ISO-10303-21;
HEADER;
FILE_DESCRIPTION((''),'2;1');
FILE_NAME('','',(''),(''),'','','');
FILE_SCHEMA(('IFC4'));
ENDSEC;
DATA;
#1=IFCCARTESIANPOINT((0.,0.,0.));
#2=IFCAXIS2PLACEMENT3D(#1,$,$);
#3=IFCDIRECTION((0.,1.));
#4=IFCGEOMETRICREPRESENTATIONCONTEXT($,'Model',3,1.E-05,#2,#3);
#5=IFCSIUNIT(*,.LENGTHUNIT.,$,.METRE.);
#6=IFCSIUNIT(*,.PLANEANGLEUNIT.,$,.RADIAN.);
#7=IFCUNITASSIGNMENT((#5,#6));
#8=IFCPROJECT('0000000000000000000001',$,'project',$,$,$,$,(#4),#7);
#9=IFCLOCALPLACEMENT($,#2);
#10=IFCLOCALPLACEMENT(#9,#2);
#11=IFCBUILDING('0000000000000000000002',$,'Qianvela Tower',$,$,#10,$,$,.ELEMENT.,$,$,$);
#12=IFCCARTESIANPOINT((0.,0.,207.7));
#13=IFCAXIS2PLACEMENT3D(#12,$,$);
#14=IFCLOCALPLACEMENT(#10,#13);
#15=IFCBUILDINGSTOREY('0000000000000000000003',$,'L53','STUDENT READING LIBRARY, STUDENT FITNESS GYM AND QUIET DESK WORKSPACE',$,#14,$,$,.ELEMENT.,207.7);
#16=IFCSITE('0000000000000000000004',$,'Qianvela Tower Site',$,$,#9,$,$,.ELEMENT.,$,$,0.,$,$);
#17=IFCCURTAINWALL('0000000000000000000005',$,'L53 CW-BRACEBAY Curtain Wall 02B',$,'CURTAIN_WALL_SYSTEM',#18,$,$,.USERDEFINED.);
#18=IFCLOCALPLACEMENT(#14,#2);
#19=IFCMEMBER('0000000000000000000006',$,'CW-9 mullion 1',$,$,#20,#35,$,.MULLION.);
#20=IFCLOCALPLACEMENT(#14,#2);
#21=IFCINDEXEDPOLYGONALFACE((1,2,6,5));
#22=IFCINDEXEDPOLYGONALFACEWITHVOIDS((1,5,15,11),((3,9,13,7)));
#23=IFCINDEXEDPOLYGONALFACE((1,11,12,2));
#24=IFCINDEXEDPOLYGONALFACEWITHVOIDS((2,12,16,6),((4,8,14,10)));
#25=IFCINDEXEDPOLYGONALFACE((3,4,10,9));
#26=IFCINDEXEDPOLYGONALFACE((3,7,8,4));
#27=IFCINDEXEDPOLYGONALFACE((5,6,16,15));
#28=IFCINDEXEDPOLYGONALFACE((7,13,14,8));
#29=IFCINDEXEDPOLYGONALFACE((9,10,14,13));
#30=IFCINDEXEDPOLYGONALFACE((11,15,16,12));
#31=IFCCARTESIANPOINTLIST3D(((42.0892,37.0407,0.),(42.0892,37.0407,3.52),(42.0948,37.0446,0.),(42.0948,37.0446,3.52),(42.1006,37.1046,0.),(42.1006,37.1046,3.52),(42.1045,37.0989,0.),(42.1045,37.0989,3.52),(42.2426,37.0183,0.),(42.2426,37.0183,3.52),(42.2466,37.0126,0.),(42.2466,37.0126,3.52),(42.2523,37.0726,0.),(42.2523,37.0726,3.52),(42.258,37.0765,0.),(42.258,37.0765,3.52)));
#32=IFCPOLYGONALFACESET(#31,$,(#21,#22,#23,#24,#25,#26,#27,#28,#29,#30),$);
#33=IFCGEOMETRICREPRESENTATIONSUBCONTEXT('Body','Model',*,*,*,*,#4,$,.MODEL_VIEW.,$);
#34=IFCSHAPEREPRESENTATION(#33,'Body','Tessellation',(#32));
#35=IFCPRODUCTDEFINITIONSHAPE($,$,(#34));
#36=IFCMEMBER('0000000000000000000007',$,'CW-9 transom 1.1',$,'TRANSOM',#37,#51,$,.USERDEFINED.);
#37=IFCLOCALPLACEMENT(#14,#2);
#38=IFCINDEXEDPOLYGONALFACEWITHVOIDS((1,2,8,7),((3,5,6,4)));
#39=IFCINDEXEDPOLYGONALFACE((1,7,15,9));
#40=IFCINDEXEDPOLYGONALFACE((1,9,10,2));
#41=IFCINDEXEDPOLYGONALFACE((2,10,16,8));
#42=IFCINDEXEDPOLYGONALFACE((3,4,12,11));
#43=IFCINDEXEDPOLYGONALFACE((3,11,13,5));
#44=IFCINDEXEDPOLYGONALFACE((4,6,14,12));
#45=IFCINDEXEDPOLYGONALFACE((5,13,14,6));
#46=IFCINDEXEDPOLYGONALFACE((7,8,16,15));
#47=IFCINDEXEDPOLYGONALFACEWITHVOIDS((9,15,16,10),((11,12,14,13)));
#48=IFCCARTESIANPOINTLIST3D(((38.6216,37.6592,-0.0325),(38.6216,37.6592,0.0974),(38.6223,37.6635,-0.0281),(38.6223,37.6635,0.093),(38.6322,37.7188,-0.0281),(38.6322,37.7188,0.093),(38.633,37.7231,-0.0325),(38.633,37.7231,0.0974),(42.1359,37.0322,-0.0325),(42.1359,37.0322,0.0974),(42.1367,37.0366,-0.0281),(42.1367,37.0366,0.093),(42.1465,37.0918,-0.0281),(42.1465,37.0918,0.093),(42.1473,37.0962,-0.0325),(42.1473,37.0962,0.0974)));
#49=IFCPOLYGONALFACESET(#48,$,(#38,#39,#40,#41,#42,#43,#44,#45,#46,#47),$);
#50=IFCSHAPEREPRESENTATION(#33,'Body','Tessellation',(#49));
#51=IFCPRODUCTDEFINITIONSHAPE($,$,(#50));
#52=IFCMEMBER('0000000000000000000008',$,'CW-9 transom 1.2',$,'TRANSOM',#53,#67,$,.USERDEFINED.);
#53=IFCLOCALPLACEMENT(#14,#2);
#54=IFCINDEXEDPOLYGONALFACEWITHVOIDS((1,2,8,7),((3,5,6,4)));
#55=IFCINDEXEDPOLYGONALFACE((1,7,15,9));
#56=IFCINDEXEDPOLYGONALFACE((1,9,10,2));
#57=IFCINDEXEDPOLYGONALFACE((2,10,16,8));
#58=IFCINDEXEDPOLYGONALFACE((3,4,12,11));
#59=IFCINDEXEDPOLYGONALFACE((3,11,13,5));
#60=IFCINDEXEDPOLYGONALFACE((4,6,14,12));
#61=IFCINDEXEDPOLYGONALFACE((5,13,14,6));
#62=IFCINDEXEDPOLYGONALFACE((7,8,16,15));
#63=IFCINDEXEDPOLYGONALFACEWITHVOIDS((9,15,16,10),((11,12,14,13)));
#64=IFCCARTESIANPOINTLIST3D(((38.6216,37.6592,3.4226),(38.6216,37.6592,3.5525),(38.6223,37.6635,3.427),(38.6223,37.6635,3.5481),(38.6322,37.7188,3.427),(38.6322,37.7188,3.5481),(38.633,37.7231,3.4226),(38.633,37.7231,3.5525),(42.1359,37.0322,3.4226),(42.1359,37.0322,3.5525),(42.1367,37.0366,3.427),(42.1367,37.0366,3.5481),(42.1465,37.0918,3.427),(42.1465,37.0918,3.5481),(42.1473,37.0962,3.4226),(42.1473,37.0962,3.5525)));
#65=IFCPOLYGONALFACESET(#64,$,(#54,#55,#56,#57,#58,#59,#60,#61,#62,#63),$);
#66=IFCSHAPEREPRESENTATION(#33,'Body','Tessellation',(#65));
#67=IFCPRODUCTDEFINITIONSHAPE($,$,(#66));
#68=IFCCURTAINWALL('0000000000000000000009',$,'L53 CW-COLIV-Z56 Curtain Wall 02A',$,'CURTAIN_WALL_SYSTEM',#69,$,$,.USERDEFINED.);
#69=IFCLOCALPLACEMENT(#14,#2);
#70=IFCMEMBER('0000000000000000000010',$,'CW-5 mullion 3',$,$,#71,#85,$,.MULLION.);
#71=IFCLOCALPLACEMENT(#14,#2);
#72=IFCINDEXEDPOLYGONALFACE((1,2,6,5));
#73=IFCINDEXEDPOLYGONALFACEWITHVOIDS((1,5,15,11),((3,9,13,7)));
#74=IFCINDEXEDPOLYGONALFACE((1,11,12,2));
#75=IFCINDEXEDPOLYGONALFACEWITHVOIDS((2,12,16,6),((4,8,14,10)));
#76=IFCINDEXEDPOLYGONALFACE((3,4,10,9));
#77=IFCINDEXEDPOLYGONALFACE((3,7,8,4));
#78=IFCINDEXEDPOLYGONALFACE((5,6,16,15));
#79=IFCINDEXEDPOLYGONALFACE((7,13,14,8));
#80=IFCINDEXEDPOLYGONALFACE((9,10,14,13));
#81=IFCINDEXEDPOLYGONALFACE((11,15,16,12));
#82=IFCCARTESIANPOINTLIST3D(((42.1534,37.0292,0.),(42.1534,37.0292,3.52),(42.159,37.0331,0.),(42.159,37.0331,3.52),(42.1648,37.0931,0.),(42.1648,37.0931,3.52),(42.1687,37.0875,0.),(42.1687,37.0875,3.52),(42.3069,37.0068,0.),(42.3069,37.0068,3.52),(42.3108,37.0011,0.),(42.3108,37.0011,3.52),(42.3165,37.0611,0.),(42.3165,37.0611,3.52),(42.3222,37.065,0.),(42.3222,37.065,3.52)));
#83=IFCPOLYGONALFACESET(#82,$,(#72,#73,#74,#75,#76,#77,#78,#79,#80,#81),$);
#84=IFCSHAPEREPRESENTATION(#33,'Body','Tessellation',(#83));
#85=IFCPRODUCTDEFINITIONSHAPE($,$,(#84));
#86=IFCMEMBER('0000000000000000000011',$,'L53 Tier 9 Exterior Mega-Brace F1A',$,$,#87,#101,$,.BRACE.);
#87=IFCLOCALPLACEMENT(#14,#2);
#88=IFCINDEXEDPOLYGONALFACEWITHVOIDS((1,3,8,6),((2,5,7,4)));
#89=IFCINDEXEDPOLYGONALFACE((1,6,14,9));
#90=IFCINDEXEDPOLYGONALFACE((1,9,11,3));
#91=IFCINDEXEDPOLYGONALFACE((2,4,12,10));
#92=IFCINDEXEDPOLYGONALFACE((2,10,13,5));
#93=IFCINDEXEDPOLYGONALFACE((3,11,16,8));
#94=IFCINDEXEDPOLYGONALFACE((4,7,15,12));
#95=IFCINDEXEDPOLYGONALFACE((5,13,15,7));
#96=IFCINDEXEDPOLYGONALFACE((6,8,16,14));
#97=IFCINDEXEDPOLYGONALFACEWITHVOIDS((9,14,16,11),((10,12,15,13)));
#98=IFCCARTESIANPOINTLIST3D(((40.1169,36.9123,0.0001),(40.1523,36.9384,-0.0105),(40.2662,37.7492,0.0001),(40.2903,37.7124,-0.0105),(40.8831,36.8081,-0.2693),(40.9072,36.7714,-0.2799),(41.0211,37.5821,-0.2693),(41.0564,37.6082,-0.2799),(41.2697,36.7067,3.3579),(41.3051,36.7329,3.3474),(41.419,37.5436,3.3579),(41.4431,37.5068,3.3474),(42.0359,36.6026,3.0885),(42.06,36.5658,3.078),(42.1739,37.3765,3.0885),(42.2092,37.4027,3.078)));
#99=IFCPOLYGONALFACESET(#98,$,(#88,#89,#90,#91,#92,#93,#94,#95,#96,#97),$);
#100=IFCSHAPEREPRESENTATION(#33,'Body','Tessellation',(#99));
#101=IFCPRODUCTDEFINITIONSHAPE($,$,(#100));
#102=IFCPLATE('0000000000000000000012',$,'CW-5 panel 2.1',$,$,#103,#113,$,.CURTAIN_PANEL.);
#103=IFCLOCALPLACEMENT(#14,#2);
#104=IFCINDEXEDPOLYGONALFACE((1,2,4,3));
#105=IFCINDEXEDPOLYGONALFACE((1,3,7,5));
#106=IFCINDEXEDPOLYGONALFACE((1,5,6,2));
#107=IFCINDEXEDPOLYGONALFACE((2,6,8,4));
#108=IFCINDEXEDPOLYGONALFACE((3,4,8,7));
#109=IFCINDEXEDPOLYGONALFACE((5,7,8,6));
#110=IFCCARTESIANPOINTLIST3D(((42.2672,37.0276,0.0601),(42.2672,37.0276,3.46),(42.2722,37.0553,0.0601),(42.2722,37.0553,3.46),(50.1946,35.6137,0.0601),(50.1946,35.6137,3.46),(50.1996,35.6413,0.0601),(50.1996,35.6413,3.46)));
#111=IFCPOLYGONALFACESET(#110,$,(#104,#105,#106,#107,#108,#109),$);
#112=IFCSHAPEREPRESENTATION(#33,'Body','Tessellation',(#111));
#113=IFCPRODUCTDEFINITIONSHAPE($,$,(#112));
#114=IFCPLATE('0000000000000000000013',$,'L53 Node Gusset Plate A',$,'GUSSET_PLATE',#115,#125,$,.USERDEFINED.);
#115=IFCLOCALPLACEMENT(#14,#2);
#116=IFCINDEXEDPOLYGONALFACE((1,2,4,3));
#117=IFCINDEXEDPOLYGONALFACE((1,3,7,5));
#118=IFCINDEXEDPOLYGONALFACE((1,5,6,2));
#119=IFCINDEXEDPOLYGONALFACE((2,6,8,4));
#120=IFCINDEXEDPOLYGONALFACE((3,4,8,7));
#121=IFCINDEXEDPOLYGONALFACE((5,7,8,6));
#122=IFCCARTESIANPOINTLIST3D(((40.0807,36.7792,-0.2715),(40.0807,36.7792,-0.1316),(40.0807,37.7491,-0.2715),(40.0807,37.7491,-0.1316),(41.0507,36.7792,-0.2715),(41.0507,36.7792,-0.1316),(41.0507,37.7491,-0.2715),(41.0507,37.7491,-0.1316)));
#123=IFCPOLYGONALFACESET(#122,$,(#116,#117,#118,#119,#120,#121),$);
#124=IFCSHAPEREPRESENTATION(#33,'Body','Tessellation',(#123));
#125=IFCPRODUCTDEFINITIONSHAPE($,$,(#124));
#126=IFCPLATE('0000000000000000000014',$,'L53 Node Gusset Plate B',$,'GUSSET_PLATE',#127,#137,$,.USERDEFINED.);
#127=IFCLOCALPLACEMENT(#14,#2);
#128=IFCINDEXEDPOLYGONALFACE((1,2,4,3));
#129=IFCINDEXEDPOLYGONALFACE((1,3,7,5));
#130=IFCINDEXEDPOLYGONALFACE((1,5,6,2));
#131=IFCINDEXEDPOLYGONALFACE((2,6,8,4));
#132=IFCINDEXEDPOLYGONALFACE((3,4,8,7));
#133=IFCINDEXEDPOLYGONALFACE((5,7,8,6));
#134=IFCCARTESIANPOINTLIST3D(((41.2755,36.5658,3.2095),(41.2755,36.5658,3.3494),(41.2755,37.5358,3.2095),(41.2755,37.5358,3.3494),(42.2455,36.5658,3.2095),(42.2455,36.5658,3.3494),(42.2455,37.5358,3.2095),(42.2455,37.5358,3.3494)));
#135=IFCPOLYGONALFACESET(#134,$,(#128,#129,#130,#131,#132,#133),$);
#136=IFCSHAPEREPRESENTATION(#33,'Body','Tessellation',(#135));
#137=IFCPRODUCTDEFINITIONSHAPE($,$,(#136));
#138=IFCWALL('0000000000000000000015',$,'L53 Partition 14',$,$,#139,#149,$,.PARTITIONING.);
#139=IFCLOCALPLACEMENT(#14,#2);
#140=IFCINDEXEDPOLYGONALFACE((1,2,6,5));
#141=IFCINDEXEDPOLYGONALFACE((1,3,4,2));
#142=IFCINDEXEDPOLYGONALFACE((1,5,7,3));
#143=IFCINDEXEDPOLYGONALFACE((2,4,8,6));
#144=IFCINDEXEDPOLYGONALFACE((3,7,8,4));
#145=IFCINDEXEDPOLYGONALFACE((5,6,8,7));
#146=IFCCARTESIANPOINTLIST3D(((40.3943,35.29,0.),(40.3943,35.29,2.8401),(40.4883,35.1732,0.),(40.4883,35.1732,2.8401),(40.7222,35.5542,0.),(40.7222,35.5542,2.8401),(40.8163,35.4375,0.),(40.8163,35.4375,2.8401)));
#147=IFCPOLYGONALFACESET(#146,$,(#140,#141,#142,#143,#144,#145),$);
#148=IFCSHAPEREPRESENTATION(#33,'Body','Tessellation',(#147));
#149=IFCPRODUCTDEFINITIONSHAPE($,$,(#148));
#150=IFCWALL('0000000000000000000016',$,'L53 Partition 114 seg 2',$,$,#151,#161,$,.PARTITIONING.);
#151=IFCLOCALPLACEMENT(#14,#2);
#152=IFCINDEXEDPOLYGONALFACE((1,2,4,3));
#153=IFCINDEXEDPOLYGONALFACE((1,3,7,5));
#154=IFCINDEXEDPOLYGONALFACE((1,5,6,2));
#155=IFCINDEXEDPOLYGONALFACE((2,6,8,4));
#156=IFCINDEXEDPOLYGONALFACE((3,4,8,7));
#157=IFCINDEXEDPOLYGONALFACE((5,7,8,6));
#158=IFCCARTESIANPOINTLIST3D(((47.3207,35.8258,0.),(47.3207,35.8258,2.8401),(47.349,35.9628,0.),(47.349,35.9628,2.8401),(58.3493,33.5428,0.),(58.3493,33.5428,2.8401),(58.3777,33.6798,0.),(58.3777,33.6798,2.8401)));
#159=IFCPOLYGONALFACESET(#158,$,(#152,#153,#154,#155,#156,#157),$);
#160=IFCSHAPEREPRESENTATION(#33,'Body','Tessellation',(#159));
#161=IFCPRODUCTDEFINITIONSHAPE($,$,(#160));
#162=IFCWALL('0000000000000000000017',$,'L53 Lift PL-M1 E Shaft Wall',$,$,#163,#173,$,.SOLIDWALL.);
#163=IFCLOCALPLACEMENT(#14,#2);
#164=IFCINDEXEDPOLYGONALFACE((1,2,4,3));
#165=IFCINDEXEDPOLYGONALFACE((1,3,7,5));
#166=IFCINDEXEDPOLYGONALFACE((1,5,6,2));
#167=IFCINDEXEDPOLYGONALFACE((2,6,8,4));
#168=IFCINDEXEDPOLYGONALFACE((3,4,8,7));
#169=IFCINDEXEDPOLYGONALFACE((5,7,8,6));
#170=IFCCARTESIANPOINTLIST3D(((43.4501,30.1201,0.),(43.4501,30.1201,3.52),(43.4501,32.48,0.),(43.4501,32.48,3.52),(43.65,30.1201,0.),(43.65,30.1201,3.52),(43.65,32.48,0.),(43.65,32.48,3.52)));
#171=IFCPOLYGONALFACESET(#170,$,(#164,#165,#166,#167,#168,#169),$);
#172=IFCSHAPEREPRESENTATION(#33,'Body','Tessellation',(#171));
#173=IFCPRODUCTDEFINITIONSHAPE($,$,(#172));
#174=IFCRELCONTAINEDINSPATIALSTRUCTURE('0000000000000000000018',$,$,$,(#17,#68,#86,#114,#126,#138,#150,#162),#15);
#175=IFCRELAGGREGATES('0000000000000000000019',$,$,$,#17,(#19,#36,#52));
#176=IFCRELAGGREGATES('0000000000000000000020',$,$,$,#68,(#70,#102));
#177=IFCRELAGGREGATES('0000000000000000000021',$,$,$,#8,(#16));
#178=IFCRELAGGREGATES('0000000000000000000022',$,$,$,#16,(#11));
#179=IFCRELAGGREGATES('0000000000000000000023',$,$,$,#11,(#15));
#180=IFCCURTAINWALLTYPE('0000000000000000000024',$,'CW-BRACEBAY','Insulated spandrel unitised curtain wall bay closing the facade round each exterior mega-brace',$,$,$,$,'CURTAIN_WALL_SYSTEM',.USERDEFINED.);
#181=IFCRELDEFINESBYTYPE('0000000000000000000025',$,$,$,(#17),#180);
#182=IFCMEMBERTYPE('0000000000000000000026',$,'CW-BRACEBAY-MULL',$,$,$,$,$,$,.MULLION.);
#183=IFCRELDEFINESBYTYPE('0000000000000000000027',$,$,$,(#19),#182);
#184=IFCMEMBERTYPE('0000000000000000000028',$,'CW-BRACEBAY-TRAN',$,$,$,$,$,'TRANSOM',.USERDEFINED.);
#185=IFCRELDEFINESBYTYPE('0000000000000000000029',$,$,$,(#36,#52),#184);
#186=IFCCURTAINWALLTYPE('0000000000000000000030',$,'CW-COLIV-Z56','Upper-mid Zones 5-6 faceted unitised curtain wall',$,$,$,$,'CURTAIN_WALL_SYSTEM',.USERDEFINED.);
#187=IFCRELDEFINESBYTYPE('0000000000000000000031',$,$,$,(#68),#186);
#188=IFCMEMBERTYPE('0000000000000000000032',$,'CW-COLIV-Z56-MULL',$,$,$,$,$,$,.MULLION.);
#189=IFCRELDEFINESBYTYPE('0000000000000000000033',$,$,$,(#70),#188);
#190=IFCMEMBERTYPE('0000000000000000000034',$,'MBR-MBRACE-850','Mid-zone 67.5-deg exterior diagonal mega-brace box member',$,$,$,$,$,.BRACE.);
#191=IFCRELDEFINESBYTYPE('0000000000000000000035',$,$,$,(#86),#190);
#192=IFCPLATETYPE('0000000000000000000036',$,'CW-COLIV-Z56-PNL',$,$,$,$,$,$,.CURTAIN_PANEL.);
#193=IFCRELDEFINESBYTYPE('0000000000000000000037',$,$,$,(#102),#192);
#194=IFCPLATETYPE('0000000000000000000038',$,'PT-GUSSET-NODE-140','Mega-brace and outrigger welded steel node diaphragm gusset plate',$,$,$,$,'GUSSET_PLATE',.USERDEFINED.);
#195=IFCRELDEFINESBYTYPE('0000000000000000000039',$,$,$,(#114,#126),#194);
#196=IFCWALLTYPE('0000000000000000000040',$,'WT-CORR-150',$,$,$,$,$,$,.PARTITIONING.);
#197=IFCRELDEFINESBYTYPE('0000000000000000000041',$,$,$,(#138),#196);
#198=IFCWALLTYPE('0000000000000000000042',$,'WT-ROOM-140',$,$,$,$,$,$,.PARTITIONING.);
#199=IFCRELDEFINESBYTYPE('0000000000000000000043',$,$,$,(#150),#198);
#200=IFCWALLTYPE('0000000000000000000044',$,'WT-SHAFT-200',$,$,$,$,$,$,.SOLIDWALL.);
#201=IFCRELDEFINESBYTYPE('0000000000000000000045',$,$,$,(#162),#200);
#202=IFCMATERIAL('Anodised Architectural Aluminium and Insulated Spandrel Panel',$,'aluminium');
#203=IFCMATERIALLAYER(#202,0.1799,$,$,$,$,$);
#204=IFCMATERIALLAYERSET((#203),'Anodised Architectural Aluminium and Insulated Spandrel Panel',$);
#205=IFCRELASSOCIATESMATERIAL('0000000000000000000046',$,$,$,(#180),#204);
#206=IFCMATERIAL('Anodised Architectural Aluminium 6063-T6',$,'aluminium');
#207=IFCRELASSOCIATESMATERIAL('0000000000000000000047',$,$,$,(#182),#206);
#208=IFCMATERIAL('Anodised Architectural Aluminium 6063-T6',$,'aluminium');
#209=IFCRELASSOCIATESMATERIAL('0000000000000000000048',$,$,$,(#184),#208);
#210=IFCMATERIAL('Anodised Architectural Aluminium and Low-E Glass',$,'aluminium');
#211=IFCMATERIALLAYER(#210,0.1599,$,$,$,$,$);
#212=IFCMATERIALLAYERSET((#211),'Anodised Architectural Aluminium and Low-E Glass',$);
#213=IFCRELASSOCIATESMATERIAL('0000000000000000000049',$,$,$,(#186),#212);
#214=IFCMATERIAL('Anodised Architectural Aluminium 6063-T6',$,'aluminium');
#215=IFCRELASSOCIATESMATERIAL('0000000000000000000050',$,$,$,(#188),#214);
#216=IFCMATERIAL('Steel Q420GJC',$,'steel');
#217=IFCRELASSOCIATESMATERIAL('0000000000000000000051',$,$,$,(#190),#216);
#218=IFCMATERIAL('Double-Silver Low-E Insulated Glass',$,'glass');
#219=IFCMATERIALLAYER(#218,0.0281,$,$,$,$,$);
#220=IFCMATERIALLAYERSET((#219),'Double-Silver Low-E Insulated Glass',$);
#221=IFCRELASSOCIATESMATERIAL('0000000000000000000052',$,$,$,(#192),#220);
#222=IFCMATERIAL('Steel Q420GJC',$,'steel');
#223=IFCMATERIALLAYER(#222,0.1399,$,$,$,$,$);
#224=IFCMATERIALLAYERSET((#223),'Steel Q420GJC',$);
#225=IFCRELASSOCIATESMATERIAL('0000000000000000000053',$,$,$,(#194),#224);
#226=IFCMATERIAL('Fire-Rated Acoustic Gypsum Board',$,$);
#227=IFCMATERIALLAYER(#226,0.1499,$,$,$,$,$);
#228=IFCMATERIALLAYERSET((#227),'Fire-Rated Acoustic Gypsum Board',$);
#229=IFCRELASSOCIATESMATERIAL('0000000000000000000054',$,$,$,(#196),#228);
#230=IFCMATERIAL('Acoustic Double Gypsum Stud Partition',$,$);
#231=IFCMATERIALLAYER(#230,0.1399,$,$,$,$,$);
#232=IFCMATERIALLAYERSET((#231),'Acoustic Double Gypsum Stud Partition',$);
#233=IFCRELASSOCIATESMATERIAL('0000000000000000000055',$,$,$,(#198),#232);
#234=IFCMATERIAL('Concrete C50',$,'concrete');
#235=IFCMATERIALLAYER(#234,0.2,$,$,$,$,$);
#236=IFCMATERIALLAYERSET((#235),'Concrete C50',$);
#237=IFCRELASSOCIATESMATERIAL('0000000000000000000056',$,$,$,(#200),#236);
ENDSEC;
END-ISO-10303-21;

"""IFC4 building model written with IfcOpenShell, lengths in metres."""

from ifc_helpers import new_model, si_unit, direction, frame, frame_2d, origin, origin_2d, place, context, subcontext, project, spatial, rectangle, hollow_rectangle, extrude, material, layer, layer_set, material_profile, profile_set, type_object, element, aggregate, save


model = new_model("IFC4")

# Units and contexts
model_context = context("Model", 3, precision=1e-05, world=origin(), true_north=direction((0.0, 1.0)))
body_context = subcontext(model_context, "Body", "Model", "MODEL_VIEW")
ifc_project = project(units=[si_unit("LENGTHUNIT", "METRE"), si_unit("PLANEANGLEUNIT", "RADIAN")], contexts=[model_context])

# Site, building, storey
site_placement = place(None, origin())
site = spatial("IfcSite", under=ifc_project, at=site_placement, Name="Qianvela Tower Site", CompositionType="ELEMENT", RefElevation=0.0)
building_placement = place(site_placement, origin())
building = spatial("IfcBuilding", under=site, at=building_placement, Name="Qianvela Tower", CompositionType="ELEMENT")
storey_placement = place(building_placement, frame((0.0, 0.0, 207.7)))
storey = spatial("IfcBuildingStorey", under=building, at=storey_placement, Name="L53", Description="STUDENT READING LIBRARY, STUDENT FITNESS GYM AND QUIET DESK WORKSPACE", CompositionType="ELEMENT", Elevation=207.7)

# Curtain wall, members
ifc_material_1 = material(Name="Anodised Architectural Aluminium and Insulated Spandrel Panel", Category="aluminium")
ifc_layer_1 = layer(ifc_material_1, 0.1799)
ifc_layer_set_1 = layer_set([ifc_layer_1], Name="Anodised Architectural Aluminium and Insulated Spandrel Panel")
curtain_wall_type_1 = type_object("IfcCurtainWallType", Name="CW-BRACEBAY", Description="Insulated spandrel unitised curtain wall bay closing the facade round each exterior mega-brace", ElementType="CURTAIN_WALL_SYSTEM", PredefinedType="USERDEFINED", material=ifc_layer_set_1)
curtain_wall_1_placement = place(storey_placement, origin())
curtain_wall_1 = element("IfcCurtainWall", 1, at=curtain_wall_1_placement, inside=storey, type_object=curtain_wall_type_1, Name="L53 CW-BRACEBAY Curtain Wall 02B", ObjectType="CURTAIN_WALL_SYSTEM", PredefinedType="USERDEFINED")
ifc_material_2 = material(Name="Anodised Architectural Aluminium 6063-T6", Category="aluminium")
ifc_material_profile_1 = material_profile(ifc_material_2, hollow_rectangle(XDim=0.0649, YDim=0.1599, WallThickness=0.0049, at=origin_2d()), Name="ALU-MULL-65x160")
ifc_profile_set_1 = profile_set([ifc_material_profile_1], Name="Anodised Architectural Aluminium 6063-T6")
member_type_1 = type_object("IfcMemberType", Name="CW-BRACEBAY-MULL", PredefinedType="MULLION", material=ifc_profile_set_1)
member_1_placement = place(storey_placement, frame((42.1736, 37.0586, 0.0), z_axis=(0.0, 0.0, 1.0), x_axis=(-0.175595, -0.984462, 0.0)))
member_1 = element("IfcMember", 2, at=member_1_placement, type_object=member_type_1, Name="CW-9 mullion 1", PredefinedType="MULLION", context=body_context, shape_type="SweptSolid", body=[
    extrude(hollow_rectangle(XDim=0.0649, YDim=0.1599, WallThickness=0.0049, at=origin_2d()), origin(), (0.0, 0.0, 1.0), 3.52),
])
ifc_material_3 = material(Name="Anodised Architectural Aluminium 6063-T6", Category="aluminium")
ifc_material_profile_2 = material_profile(ifc_material_3, hollow_rectangle(XDim=0.0649, YDim=0.1299, WallThickness=0.0044, at=origin_2d()), Name="ALU-TRAN-65x130")
ifc_profile_set_2 = profile_set([ifc_material_profile_2], Name="Anodised Architectural Aluminium 6063-T6")
member_type_2 = type_object("IfcMemberType", Name="CW-BRACEBAY-TRAN", ElementType="TRANSOM", PredefinedType="USERDEFINED", material=ifc_profile_set_2)
member_2_placement = place(storey_placement, frame((42.1416, 37.0642, 0.0325), z_axis=(-0.984458, 0.175623, 0.0), x_axis=(-0.175623, -0.984458, 0.0)))
member_2 = element("IfcMember", 3, at=member_2_placement, type_object=member_type_2, Name="CW-9 transom 1.1", ObjectType="TRANSOM", PredefinedType="USERDEFINED", context=body_context, shape_type="SweptSolid", body=[
    extrude(hollow_rectangle(XDim=0.0649, YDim=0.1299, WallThickness=0.0044, at=origin_2d()), origin(), (0.0, 0.0, 1.0), 3.5698),
])
member_3_placement = place(storey_placement, frame((42.1416, 37.0642, 3.4875), z_axis=(-0.984458, 0.175623, 0.0), x_axis=(-0.175623, -0.984458, 0.0)))
member_3 = element("IfcMember", 4, at=member_3_placement, type_object=member_type_2, Name="CW-9 transom 1.2", ObjectType="TRANSOM", PredefinedType="USERDEFINED", context=body_context, shape_type="SweptSolid", body=[
    extrude(hollow_rectangle(XDim=0.0649, YDim=0.1299, WallThickness=0.0044, at=origin_2d()), origin(), (0.0, 0.0, 1.0), 3.5698),
])
aggregate(curtain_wall_1, [member_1, member_2, member_3])

# Curtain wall, member
ifc_material_4 = material(Name="Anodised Architectural Aluminium and Low-E Glass", Category="aluminium")
ifc_layer_2 = layer(ifc_material_4, 0.1599)
ifc_layer_set_2 = layer_set([ifc_layer_2], Name="Anodised Architectural Aluminium and Low-E Glass")
curtain_wall_type_2 = type_object("IfcCurtainWallType", Name="CW-COLIV-Z56", Description="Upper-mid Zones 5-6 faceted unitised curtain wall", ElementType="CURTAIN_WALL_SYSTEM", PredefinedType="USERDEFINED", material=ifc_layer_set_2)
curtain_wall_2_placement = place(storey_placement, origin())
curtain_wall_2 = element("IfcCurtainWall", 5, at=curtain_wall_2_placement, inside=storey, type_object=curtain_wall_type_2, Name="L53 CW-COLIV-Z56 Curtain Wall 02A", ObjectType="CURTAIN_WALL_SYSTEM", PredefinedType="USERDEFINED")
ifc_material_5 = material(Name="Anodised Architectural Aluminium 6063-T6", Category="aluminium")
ifc_material_profile_3 = material_profile(ifc_material_5, hollow_rectangle(XDim=0.0649, YDim=0.1599, WallThickness=0.0049, at=origin_2d()), Name="ALU-MULL-65x160")
ifc_profile_set_3 = profile_set([ifc_material_profile_3], Name="Anodised Architectural Aluminium 6063-T6")
member_type_3 = type_object("IfcMemberType", Name="CW-COLIV-Z56-MULL", PredefinedType="MULLION", material=ifc_profile_set_3)
member_4_placement = place(storey_placement, frame((42.2378, 37.0471, 0.0), z_axis=(0.0, 0.0, 1.0), x_axis=(-0.175588, -0.984464, 0.0)))
member_4 = element("IfcMember", 6, at=member_4_placement, type_object=member_type_3, Name="CW-5 mullion 3", PredefinedType="MULLION", context=body_context, shape_type="SweptSolid", body=[
    extrude(hollow_rectangle(XDim=0.0649, YDim=0.1599, WallThickness=0.0049, at=origin_2d()), origin(), (0.0, 0.0, 1.0), 3.52),
])

# Member
ifc_material_6 = material(Name="Steel Q420GJC", Category="steel")
ifc_material_profile_4 = material_profile(ifc_material_6, hollow_rectangle(XDim=0.8501, YDim=0.8501, WallThickness=0.032, at=origin_2d()), Name="MBOX-850x850x32")
ifc_profile_set_4 = profile_set([ifc_material_profile_4], Name="Steel Q420GJC")
member_type_4 = type_object("IfcMemberType", Name="MBR-MBRACE-850", Description="Mid-zone 67.5-deg exterior diagonal mega-brace box member", PredefinedType="BRACE", material=ifc_profile_set_4)
member_5_placement = place(storey_placement, frame((40.5867, 37.2603, -0.1399), z_axis=(0.324172, -0.057804, 0.944231), x_axis=(0.175545, 0.984471, 0.0)))
element("IfcMember", 7, at=member_5_placement, inside=storey, type_object=member_type_4, Name="L53 Tier 9 Exterior Mega-Brace F1A", PredefinedType="BRACE", context=body_context, shape_type="SweptSolid", body=[
    extrude(hollow_rectangle(XDim=0.8501, YDim=0.8501, WallThickness=0.032, at=origin_2d()), origin(), (0.0, 0.0, 1.0), 3.5562),
])

# Plate
ifc_material_7 = material(Name="Double-Silver Low-E Insulated Glass", Category="glass")
ifc_layer_3 = layer(ifc_material_7, 0.0281)
ifc_layer_set_3 = layer_set([ifc_layer_3], Name="Double-Silver Low-E Insulated Glass")
plate_type_1 = type_object("IfcPlateType", Name="CW-COLIV-Z56-PNL", PredefinedType="CURTAIN_PANEL", material=ifc_layer_set_3)
plate_placement = place(storey_placement, frame((46.2334, 36.3345, 0.0601), z_axis=(0.0, 0.0, 1.0), x_axis=(-0.984464, 0.175588, 0.0)))
plate = element("IfcPlate", 8, at=plate_placement, type_object=plate_type_1, Name="CW-5 panel 2.1", PredefinedType="CURTAIN_PANEL", context=body_context, shape_type="SweptSolid", body=[
    extrude(rectangle(XDim=8.0525, YDim=0.0281, at=origin_2d()), origin(), (0.0, 0.0, 1.0), 3.3999),
])
aggregate(curtain_wall_2, [member_4, plate])

# Plates
ifc_material_8 = material(Name="Steel Q420GJC", Category="steel")
ifc_layer_4 = layer(ifc_material_8, 0.1399)
ifc_layer_set_4 = layer_set([ifc_layer_4], Name="Steel Q420GJC")
plate_type_2 = type_object("IfcPlateType", Name="PT-GUSSET-NODE-140", Description="Mega-brace and outrigger welded steel node diaphragm gusset plate", ElementType="GUSSET_PLATE", PredefinedType="USERDEFINED", material=ifc_layer_set_4)
for number, where, z_axis, x_axis, name in (
    (9, (40.5657, 37.2642, -0.2715), (0.0, 0.0, 1.0), (1.0, 0.0, 0.0), "L53 Node Gusset Plate A"),
    (10, (41.7605, 37.0508, 3.2095), (0.0, 0.0, 1.0), (1.0, 0.0, 0.0), "L53 Node Gusset Plate B"),
):
    element("IfcPlate", number, at=place(storey_placement, frame(where, z_axis=z_axis, x_axis=x_axis)), inside=storey, type_object=plate_type_2, Name=name, ObjectType="GUSSET_PLATE", PredefinedType="USERDEFINED", context=body_context, shape_type="SweptSolid", body=[
        extrude(rectangle(XDim=0.97, YDim=0.97, at=origin_2d()), origin(), (0.0, 0.0, 1.0), 0.1399),
    ])

# Walls
ifc_material_9 = material(Name="Fire-Rated Acoustic Gypsum Board")
ifc_layer_5 = layer(ifc_material_9, 0.1499)
ifc_layer_set_5 = layer_set([ifc_layer_5], Name="Fire-Rated Acoustic Gypsum Board")
wall_type_1 = type_object("IfcWallType", Name="WT-CORR-150", PredefinedType="PARTITIONING", material=ifc_layer_set_5)
wall_1_placement = place(storey_placement, frame((40.4414, 35.2317, 0.0), z_axis=(0.0, 0.0, 1.0), x_axis=(0.778715, 0.627378, 0.0)))
element("IfcWall", 11, at=wall_1_placement, inside=storey, type_object=wall_type_1, Name="L53 Partition 14", PredefinedType="PARTITIONING", context=body_context, shape_type="SweptSolid", body=[
    extrude(rectangle(XDim=0.4211, YDim=0.1499, at=frame_2d((0.2104, 0.0))), origin(), (0.0, 0.0, 1.0), 2.8401),
])
ifc_material_10 = material(Name="Acoustic Double Gypsum Stud Partition")
ifc_layer_6 = layer(ifc_material_10, 0.1399)
ifc_layer_set_6 = layer_set([ifc_layer_6], Name="Acoustic Double Gypsum Stud Partition")
wall_type_2 = type_object("IfcWallType", Name="WT-ROOM-140", PredefinedType="PARTITIONING", material=ifc_layer_set_6)
wall_2_placement = place(storey_placement, frame((47.3347, 35.8943, 0.0), z_axis=(0.0, 0.0, 1.0), x_axis=(0.97924, -0.202707, 0.0)))
element("IfcWall", 12, at=wall_2_placement, inside=storey, type_object=wall_type_2, Name="L53 Partition 114 seg 2", PredefinedType="PARTITIONING", context=body_context, shape_type="SweptSolid", body=[
    extrude(rectangle(XDim=11.2625, YDim=0.1399, at=frame_2d((5.6313, 0.0))), origin(), (0.0, 0.0, 1.0), 2.8401),
])
ifc_material_11 = material(Name="Concrete C50", Category="concrete")
ifc_layer_7 = layer(ifc_material_11, 0.2)
ifc_layer_set_7 = layer_set([ifc_layer_7], Name="Concrete C50")
wall_type_3 = type_object("IfcWallType", Name="WT-SHAFT-200", PredefinedType="SOLIDWALL", material=ifc_layer_set_7)
wall_3_placement = place(storey_placement, frame((43.55, 30.1201, 0.0), z_axis=(0.0, 0.0, 1.0), x_axis=(0.0, 1.0, 0.0)))
element("IfcWall", 13, at=wall_3_placement, inside=storey, type_object=wall_type_3, Name="L53 Lift PL-M1 E Shaft Wall", PredefinedType="SOLIDWALL", context=body_context, shape_type="SweptSolid", body=[
    extrude(rectangle(XDim=2.3599, YDim=0.2, at=frame_2d((1.1799, 0.0))), origin(), (0.0, 0.0, 1.0), 3.52),
])

save(model, "model.ifc")
